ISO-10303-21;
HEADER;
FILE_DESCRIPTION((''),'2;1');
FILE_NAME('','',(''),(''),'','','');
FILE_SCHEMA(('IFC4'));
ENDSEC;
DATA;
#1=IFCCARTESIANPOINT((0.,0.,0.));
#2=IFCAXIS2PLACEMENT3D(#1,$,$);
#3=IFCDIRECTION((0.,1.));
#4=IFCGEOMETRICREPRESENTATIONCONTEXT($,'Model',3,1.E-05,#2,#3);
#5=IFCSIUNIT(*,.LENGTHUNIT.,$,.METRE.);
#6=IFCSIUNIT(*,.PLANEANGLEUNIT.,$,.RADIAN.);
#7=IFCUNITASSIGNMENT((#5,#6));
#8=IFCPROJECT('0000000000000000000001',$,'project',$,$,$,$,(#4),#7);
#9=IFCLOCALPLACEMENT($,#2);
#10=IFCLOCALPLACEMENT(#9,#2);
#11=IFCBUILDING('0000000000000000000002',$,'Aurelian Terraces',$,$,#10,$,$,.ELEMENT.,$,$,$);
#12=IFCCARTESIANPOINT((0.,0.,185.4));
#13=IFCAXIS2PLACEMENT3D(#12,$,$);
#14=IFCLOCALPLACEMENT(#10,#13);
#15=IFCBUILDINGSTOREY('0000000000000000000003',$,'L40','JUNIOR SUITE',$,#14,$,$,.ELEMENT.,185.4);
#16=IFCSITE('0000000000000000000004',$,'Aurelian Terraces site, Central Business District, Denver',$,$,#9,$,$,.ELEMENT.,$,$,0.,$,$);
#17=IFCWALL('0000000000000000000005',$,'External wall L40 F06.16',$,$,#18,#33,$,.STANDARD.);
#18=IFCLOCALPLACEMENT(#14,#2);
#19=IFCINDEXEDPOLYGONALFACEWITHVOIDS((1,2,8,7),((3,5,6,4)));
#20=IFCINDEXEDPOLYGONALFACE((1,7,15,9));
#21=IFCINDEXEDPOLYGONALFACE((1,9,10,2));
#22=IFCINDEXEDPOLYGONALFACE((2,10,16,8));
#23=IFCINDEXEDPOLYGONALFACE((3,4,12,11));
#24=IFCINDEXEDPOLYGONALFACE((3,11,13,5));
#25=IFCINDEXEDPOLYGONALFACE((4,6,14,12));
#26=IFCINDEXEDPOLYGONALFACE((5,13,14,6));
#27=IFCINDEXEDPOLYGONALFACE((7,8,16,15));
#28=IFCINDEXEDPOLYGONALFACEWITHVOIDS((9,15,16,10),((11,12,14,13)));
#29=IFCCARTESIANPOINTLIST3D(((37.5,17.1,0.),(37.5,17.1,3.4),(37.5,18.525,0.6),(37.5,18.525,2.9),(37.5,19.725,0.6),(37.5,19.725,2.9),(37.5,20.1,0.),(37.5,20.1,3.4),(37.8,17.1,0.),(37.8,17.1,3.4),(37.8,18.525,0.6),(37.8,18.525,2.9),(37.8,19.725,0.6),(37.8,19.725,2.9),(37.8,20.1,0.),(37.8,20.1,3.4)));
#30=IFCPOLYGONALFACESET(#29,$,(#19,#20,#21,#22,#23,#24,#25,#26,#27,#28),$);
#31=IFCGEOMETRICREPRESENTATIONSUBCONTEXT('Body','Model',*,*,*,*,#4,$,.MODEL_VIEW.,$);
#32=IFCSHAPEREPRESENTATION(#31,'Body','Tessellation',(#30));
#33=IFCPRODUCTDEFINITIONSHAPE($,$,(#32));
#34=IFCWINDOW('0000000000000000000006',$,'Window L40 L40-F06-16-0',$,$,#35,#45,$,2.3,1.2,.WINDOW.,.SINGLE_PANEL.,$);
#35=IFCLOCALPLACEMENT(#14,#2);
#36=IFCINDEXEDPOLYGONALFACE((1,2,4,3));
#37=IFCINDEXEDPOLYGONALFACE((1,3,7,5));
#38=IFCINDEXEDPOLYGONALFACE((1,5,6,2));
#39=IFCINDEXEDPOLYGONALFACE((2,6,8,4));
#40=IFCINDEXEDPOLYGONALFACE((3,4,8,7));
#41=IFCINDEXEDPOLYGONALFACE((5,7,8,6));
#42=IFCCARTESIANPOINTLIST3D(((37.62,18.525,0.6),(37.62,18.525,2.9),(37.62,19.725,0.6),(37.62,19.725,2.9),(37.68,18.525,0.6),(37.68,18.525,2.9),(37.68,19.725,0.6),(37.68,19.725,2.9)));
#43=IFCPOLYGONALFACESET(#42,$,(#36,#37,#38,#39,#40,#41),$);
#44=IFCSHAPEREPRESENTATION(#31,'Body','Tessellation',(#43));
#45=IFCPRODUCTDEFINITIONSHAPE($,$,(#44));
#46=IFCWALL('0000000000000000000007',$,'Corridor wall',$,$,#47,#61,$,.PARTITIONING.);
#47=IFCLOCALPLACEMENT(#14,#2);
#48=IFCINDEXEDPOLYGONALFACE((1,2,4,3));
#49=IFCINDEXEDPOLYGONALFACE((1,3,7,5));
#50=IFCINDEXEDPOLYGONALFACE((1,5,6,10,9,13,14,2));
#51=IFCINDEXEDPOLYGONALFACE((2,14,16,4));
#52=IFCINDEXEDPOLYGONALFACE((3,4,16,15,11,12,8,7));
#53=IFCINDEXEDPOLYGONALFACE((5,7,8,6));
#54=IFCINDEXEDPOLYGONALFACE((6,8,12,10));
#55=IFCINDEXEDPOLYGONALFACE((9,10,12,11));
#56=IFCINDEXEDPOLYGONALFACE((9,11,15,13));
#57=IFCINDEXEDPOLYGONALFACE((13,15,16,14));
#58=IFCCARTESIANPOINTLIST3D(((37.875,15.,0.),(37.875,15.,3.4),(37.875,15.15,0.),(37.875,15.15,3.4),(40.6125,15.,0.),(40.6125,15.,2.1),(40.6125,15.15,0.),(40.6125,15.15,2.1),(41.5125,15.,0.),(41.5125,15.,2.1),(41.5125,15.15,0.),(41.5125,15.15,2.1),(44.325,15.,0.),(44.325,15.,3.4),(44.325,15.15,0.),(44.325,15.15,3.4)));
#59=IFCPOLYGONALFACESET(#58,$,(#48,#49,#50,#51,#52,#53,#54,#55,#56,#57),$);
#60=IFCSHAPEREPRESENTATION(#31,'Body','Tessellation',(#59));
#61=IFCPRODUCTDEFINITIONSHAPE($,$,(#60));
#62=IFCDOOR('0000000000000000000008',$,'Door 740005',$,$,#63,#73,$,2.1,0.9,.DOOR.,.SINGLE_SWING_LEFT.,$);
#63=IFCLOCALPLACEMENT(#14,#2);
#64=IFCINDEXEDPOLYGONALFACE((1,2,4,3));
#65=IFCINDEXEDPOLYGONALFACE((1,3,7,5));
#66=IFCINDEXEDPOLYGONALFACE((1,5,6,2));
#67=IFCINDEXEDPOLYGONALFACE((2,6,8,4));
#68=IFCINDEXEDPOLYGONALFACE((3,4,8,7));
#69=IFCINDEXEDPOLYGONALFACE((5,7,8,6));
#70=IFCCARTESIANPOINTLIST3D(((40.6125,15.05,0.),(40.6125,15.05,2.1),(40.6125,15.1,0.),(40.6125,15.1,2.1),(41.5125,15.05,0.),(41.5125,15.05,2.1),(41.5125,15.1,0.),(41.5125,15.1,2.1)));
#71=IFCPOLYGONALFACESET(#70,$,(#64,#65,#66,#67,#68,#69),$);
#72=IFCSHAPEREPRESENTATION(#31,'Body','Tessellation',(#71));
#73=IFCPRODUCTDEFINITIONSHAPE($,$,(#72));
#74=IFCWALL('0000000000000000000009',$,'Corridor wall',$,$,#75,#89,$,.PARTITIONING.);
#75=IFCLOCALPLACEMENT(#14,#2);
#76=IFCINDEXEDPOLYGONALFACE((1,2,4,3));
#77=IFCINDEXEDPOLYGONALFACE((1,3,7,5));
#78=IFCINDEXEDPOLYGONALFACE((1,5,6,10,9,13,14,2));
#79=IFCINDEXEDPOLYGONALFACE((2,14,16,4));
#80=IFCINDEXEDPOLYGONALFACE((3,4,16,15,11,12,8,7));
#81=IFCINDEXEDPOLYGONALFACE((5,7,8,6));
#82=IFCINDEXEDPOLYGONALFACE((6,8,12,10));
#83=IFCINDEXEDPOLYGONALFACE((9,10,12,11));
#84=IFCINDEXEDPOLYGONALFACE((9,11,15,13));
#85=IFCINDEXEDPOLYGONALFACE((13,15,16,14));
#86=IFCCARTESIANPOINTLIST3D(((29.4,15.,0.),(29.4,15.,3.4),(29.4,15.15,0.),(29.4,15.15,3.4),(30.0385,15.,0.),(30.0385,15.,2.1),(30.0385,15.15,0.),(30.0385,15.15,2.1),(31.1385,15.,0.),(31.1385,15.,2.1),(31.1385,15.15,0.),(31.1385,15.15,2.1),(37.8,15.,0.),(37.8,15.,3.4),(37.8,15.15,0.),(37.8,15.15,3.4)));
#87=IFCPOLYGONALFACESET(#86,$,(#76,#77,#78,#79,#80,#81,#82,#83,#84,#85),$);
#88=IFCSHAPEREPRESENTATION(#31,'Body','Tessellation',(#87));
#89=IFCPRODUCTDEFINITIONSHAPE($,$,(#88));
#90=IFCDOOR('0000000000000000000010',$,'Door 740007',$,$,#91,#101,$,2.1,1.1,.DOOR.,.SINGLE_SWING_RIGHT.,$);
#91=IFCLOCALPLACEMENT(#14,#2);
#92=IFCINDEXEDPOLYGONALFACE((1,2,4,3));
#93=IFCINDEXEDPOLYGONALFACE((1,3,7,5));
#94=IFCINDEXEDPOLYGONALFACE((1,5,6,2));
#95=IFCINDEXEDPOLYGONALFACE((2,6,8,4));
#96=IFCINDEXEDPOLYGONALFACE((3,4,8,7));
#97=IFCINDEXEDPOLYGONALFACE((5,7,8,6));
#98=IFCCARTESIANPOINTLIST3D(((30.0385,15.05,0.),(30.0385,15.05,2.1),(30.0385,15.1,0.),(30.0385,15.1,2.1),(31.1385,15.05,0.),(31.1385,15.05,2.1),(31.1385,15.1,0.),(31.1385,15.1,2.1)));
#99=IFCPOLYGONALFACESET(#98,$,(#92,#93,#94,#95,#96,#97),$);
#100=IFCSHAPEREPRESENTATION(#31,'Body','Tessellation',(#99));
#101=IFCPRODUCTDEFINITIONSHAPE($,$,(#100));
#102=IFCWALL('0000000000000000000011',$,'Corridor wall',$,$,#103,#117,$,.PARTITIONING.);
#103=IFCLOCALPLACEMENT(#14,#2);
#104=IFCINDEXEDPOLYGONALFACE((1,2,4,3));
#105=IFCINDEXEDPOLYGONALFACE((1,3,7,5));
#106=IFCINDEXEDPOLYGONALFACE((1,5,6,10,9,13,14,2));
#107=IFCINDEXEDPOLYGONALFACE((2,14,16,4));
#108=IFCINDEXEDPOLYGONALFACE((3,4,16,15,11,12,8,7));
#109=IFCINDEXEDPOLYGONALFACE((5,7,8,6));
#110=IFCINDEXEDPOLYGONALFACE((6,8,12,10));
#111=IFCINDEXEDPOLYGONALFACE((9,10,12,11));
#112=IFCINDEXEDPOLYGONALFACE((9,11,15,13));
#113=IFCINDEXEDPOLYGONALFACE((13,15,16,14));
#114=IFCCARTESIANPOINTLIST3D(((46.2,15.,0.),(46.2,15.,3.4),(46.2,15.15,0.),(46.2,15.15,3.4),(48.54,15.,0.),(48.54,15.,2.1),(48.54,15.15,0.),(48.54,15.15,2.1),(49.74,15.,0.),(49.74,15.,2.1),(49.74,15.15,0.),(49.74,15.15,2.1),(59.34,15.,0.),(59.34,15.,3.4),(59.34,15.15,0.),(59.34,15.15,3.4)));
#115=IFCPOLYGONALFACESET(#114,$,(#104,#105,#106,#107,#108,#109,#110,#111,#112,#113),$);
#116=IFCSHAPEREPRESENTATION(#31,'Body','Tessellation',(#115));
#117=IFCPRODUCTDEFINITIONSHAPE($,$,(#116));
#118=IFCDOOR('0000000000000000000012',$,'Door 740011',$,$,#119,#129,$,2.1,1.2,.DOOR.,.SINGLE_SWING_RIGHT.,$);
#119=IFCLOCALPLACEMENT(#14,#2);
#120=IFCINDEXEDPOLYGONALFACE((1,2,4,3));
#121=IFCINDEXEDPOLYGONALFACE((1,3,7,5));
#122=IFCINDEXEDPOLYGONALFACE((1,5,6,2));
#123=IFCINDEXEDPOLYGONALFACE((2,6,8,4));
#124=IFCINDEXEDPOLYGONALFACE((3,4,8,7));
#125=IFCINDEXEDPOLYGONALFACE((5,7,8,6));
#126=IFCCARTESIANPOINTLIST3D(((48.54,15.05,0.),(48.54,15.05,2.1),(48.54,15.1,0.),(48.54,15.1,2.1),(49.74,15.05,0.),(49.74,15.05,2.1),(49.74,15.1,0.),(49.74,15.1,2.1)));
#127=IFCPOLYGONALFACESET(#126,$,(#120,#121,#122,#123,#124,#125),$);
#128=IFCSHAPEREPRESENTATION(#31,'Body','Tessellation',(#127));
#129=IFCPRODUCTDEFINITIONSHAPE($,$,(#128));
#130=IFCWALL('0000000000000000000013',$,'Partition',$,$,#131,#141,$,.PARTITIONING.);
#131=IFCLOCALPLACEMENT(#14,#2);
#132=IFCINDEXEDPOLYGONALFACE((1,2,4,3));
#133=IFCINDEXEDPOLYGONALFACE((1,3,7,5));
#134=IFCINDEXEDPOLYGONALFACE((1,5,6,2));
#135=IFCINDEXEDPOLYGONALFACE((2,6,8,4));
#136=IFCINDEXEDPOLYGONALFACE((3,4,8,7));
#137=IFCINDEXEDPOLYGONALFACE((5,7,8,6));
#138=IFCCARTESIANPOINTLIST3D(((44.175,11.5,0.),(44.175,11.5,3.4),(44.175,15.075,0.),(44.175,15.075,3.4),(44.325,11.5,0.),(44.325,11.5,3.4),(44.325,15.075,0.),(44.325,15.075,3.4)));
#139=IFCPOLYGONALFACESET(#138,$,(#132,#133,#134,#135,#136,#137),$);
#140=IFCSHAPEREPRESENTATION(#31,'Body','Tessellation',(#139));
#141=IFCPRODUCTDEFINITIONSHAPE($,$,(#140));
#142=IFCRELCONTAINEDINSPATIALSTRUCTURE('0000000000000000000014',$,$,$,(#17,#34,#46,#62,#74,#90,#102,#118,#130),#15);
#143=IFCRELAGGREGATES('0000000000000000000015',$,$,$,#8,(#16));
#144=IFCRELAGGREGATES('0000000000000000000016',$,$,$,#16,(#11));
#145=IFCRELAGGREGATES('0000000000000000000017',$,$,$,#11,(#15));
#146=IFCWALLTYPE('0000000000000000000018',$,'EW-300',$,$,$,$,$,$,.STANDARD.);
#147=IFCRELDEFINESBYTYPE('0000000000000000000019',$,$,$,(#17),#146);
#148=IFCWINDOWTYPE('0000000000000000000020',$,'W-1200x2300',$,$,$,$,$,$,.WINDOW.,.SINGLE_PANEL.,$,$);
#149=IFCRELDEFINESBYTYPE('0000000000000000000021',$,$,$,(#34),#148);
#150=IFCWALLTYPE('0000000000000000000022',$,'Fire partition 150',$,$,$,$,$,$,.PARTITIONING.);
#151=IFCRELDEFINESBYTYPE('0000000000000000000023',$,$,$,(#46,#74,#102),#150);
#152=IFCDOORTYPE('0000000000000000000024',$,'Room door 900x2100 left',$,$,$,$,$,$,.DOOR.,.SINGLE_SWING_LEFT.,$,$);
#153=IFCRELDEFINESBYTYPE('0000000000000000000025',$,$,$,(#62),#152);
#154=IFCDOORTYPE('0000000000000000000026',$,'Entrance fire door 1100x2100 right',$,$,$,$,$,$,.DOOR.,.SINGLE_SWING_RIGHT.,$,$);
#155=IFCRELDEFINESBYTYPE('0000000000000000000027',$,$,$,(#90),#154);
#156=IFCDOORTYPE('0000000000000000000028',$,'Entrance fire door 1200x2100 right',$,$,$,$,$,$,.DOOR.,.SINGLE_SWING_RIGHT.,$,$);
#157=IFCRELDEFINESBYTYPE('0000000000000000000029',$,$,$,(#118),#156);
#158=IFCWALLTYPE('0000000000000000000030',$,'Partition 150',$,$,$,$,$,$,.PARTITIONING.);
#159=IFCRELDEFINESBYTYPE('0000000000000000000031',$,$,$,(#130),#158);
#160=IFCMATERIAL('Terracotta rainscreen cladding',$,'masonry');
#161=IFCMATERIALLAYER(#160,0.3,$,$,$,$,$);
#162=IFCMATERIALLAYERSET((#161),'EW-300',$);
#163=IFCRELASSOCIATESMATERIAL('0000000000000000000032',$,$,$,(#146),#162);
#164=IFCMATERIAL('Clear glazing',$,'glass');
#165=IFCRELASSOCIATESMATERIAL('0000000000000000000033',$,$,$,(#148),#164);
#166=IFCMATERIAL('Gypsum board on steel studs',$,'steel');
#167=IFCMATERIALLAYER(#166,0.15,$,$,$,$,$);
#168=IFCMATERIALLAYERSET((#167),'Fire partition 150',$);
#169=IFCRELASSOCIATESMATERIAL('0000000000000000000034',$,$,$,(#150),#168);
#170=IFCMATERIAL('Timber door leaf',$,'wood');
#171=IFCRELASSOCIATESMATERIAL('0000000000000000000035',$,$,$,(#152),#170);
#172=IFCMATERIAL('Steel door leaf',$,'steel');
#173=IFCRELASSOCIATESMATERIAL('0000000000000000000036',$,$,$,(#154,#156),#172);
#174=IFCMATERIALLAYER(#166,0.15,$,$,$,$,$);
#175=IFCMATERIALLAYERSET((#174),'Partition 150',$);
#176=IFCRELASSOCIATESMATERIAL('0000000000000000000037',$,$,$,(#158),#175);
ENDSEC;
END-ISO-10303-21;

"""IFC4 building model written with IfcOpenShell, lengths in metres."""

from ifc_helpers import new_model, si_unit, direction, frame, frame_2d, origin, place, context, subcontext, project, spatial, rectangle, extrude, source, transform, mapped, material, layer, layer_set, type_object, element, fill, save


model = new_model("IFC4")

# Units and contexts
model_context = context("Model", 3, precision=1e-05, world=origin(), true_north=direction((0.0, 1.0)))
body_context = subcontext(model_context, "Body", "Model", "MODEL_VIEW")
ifc_project = project(units=[si_unit("LENGTHUNIT", "METRE"), si_unit("PLANEANGLEUNIT", "RADIAN")], contexts=[model_context])

# Site, building, storey
site_placement = place(None, origin())
site = spatial("IfcSite", under=ifc_project, at=site_placement, Name="Aurelian Terraces site, Central Business District, Denver", CompositionType="ELEMENT", RefElevation=0.0)
building_placement = place(site_placement, origin())
building = spatial("IfcBuilding", under=site, at=building_placement, Name="Aurelian Terraces", CompositionType="ELEMENT")
storey_placement = place(building_placement, frame((0.0, 0.0, 185.4)))
storey = spatial("IfcBuildingStorey", under=building, at=storey_placement, Name="L40", Description="JUNIOR SUITE", CompositionType="ELEMENT", Elevation=185.4)

# Shared definitions
ifc_material_1 = material(Name="Terracotta rainscreen cladding", Category="masonry")
ifc_layer_1 = layer(ifc_material_1, 0.3)
ifc_layer_set_1 = layer_set([ifc_layer_1], Name="EW-300")
wall_type_1 = type_object("IfcWallType", Name="EW-300", PredefinedType="STANDARD", material=ifc_layer_set_1)
shared_shape_1 = source(origin(), body_context, "Body", "SweptSolid", [
    extrude(rectangle(XDim=1.2, YDim=2.3, at=frame_2d((0.6, 1.15))), frame((0.0, 0.16, 0.0), z_axis=(0.0, -1.0, 0.0), x_axis=(1.0, 0.0, 0.0)), (0.0, 0.0, 1.0), 0.32),
])
ifc_material_2 = material(Name="Clear glazing", Category="glass")
window_type_1 = type_object("IfcWindowType", Name="W-1200x2300", PartitioningType="SINGLE_PANEL", PredefinedType="WINDOW", material=ifc_material_2)
shared_shape_2 = source(origin(), body_context, "Body", "SweptSolid", [
    extrude(rectangle(XDim=1.2, YDim=2.3, at=frame_2d((0.6, 1.15))), frame((0.0, 0.03, 0.0), z_axis=(0.0, -1.0, 0.0), x_axis=(1.0, 0.0, 0.0)), (0.0, 0.0, 1.0), 0.06),
])

# Wall, opening, window
shared_shape_3 = source(origin(), body_context, "Body", "SweptSolid", [
    extrude(rectangle(XDim=3.0, YDim=0.3, at=frame_2d((1.5, 0.0))), origin(), (0.0, 0.0, 1.0), 3.4),
])
wall_1_placement = place(storey_placement, frame((37.65, 17.1, 0.0), z_axis=(0.0, 0.0, 1.0), x_axis=(0.0, 1.0, 0.0)))
wall_1 = element("IfcWall", 1, at=wall_1_placement, inside=storey, type_object=wall_type_1, Name="External wall L40 F06.16", PredefinedType="STANDARD", context=body_context, shape_type="MappedRepresentation", body=[
    mapped(shared_shape_3, transform((0.0, 0.0, 0.0), scale=1.0)),
])
opening_1_placement = place(wall_1_placement, frame((1.425, 0.0, 0.6)))
opening_1 = element("IfcOpeningElement", 2, at=opening_1_placement, cuts=wall_1, PredefinedType="OPENING", context=body_context, shape_type="MappedRepresentation", body=[
    mapped(shared_shape_1, transform((0.0, 0.0, 0.0), scale=1.0)),
])
window_1_placement = place(opening_1_placement, origin())
window_1 = element("IfcWindow", 3, at=window_1_placement, inside=storey, type_object=window_type_1, Name="Window L40 L40-F06-16-0", OverallHeight=2.3, OverallWidth=1.2, PartitioningType="SINGLE_PANEL", PredefinedType="WINDOW", context=body_context, shape_type="MappedRepresentation", body=[
    mapped(shared_shape_2, transform((0.0, 0.0, 0.0), scale=1.0)),
])
fill(opening_1, window_1)

# Walls, openings, doors
ifc_material_3 = material(Name="Gypsum board on steel studs", Category="steel")
ifc_layer_2 = layer(ifc_material_3, 0.15)
ifc_layer_set_2 = layer_set([ifc_layer_2], Name="Fire partition 150")
wall_type_2 = type_object("IfcWallType", Name="Fire partition 150", PredefinedType="PARTITIONING", material=ifc_layer_set_2)
shared_shape_4 = source(origin(), body_context, "Body", "SweptSolid", [
    extrude(rectangle(XDim=6.45, YDim=0.15, at=frame_2d((3.225, 0.0))), origin(), (0.0, 0.0, 1.0), 3.4),
])
wall_2_placement = place(storey_placement, frame((44.325, 15.075, 0.0), z_axis=(0.0, 0.0, 1.0), x_axis=(-1.0, 0.0, 0.0)))
wall_2 = element("IfcWall", 4, at=wall_2_placement, inside=storey, type_object=wall_type_2, Name="Corridor wall", PredefinedType="PARTITIONING", context=body_context, shape_type="MappedRepresentation", body=[
    mapped(shared_shape_4, transform((0.0, 0.0, 0.0), scale=1.0)),
])
shared_shape_5 = source(origin(), body_context, "Body", "SweptSolid", [
    extrude(rectangle(XDim=0.9, YDim=2.1, at=frame_2d((0.45, 1.05))), frame((0.0, 0.085, 0.0), z_axis=(0.0, -1.0, 0.0), x_axis=(1.0, 0.0, 0.0)), (0.0, 0.0, 1.0), 0.17),
])
opening_2_placement = place(wall_2_placement, frame((2.8125, 0.0, 0.0)))
opening_2 = element("IfcOpeningElement", 5, at=opening_2_placement, cuts=wall_2, PredefinedType="OPENING", context=body_context, shape_type="MappedRepresentation", body=[
    mapped(shared_shape_5, transform((0.0, 0.0, 0.0), scale=1.0)),
])
ifc_material_4 = material(Name="Timber door leaf", Category="wood")
door_type_1 = type_object("IfcDoorType", Name="Room door 900x2100 left", OperationType="SINGLE_SWING_LEFT", PredefinedType="DOOR", material=ifc_material_4)
shared_shape_6 = source(origin(), body_context, "Body", "SweptSolid", [
    extrude(rectangle(XDim=0.9, YDim=2.1, at=frame_2d((0.45, 1.05))), frame((0.0, 0.025, 0.0), z_axis=(0.0, -1.0, 0.0), x_axis=(1.0, 0.0, 0.0)), (0.0, 0.0, 1.0), 0.05),
])
door_1_placement = place(opening_2_placement, origin())
door_1 = element("IfcDoor", 6, at=door_1_placement, inside=storey, type_object=door_type_1, Name="Door 740005", OperationType="SINGLE_SWING_LEFT", OverallHeight=2.1, OverallWidth=0.9, PredefinedType="DOOR", context=body_context, shape_type="MappedRepresentation", body=[
    mapped(shared_shape_6, transform((0.0, 0.0, 0.0), scale=1.0)),
])
fill(opening_2, door_1)
shared_shape_7 = source(origin(), body_context, "Body", "SweptSolid", [
    extrude(rectangle(XDim=8.4, YDim=0.15, at=frame_2d((4.2, 0.0))), origin(), (0.0, 0.0, 1.0), 3.4),
])
wall_3_placement = place(storey_placement, frame((37.8, 15.075, 0.0), z_axis=(0.0, 0.0, 1.0), x_axis=(-1.0, 0.0, 0.0)))
wall_3 = element("IfcWall", 7, at=wall_3_placement, inside=storey, type_object=wall_type_2, Name="Corridor wall", PredefinedType="PARTITIONING", context=body_context, shape_type="MappedRepresentation", body=[
    mapped(shared_shape_7, transform((0.0, 0.0, 0.0), scale=1.0)),
])
shared_shape_8 = source(origin(), body_context, "Body", "SweptSolid", [
    extrude(rectangle(XDim=1.1, YDim=2.1, at=frame_2d((0.55, 1.05))), frame((0.0, 0.085, 0.0), z_axis=(0.0, -1.0, 0.0), x_axis=(1.0, 0.0, 0.0)), (0.0, 0.0, 1.0), 0.17),
])
opening_3_placement = place(wall_3_placement, frame((6.6615, 0.0, 0.0)))
opening_3 = element("IfcOpeningElement", 8, at=opening_3_placement, cuts=wall_3, PredefinedType="OPENING", context=body_context, shape_type="MappedRepresentation", body=[
    mapped(shared_shape_8, transform((0.0, 0.0, 0.0), scale=1.0)),
])
ifc_material_5 = material(Name="Steel door leaf", Category="steel")
door_type_2 = type_object("IfcDoorType", Name="Entrance fire door 1100x2100 right", OperationType="SINGLE_SWING_RIGHT", PredefinedType="DOOR", material=ifc_material_5)
shared_shape_9 = source(origin(), body_context, "Body", "SweptSolid", [
    extrude(rectangle(XDim=1.1, YDim=2.1, at=frame_2d((0.55, 1.05))), frame((0.0, 0.025, 0.0), z_axis=(0.0, -1.0, 0.0), x_axis=(1.0, 0.0, 0.0)), (0.0, 0.0, 1.0), 0.05),
])
door_2_placement = place(opening_3_placement, origin())
door_2 = element("IfcDoor", 9, at=door_2_placement, inside=storey, type_object=door_type_2, Name="Door 740007", OperationType="SINGLE_SWING_RIGHT", OverallHeight=2.1, OverallWidth=1.1, PredefinedType="DOOR", context=body_context, shape_type="MappedRepresentation", body=[
    mapped(shared_shape_9, transform((0.0, 0.0, 0.0), scale=1.0)),
])
fill(opening_3, door_2)
shared_shape_10 = source(origin(), body_context, "Body", "SweptSolid", [
    extrude(rectangle(XDim=13.14, YDim=0.15, at=frame_2d((6.57, 0.0))), origin(), (0.0, 0.0, 1.0), 3.4),
])
wall_4_placement = place(storey_placement, frame((59.34, 15.075, 0.0), z_axis=(0.0, 0.0, 1.0), x_axis=(-1.0, 0.0, 0.0)))
wall_4 = element("IfcWall", 10, at=wall_4_placement, inside=storey, type_object=wall_type_2, Name="Corridor wall", PredefinedType="PARTITIONING", context=body_context, shape_type="MappedRepresentation", body=[
    mapped(shared_shape_10, transform((0.0, 0.0, 0.0), scale=1.0)),
])
shared_shape_11 = source(origin(), body_context, "Body", "SweptSolid", [
    extrude(rectangle(XDim=1.2, YDim=2.1, at=frame_2d((0.6, 1.05))), frame((0.0, 0.085, 0.0), z_axis=(0.0, -1.0, 0.0), x_axis=(1.0, 0.0, 0.0)), (0.0, 0.0, 1.0), 0.17),
])
opening_4_placement = place(wall_4_placement, frame((9.6, 0.0, 0.0)))
opening_4 = element("IfcOpeningElement", 11, at=opening_4_placement, cuts=wall_4, PredefinedType="OPENING", context=body_context, shape_type="MappedRepresentation", body=[
    mapped(shared_shape_11, transform((0.0, 0.0, 0.0), scale=1.0)),
])
door_type_3 = type_object("IfcDoorType", Name="Entrance fire door 1200x2100 right", OperationType="SINGLE_SWING_RIGHT", PredefinedType="DOOR", material=ifc_material_5)
shared_shape_12 = source(origin(), body_context, "Body", "SweptSolid", [
    extrude(rectangle(XDim=1.2, YDim=2.1, at=frame_2d((0.6, 1.05))), frame((0.0, 0.025, 0.0), z_axis=(0.0, -1.0, 0.0), x_axis=(1.0, 0.0, 0.0)), (0.0, 0.0, 1.0), 0.05),
])
door_3_placement = place(opening_4_placement, origin())
door_3 = element("IfcDoor", 12, at=door_3_placement, inside=storey, type_object=door_type_3, Name="Door 740011", OperationType="SINGLE_SWING_RIGHT", OverallHeight=2.1, OverallWidth=1.2, PredefinedType="DOOR", context=body_context, shape_type="MappedRepresentation", body=[
    mapped(shared_shape_12, transform((0.0, 0.0, 0.0), scale=1.0)),
])
fill(opening_4, door_3)

# Wall
ifc_layer_3 = layer(ifc_material_3, 0.15)
ifc_layer_set_3 = layer_set([ifc_layer_3], Name="Partition 150")
wall_type_3 = type_object("IfcWallType", Name="Partition 150", PredefinedType="PARTITIONING", material=ifc_layer_set_3)
shared_shape_13 = source(origin(), body_context, "Body", "SweptSolid", [
    extrude(rectangle(XDim=3.575, YDim=0.15, at=frame_2d((1.7875, 0.0))), origin(), (0.0, 0.0, 1.0), 3.4),
])
wall_5_placement = place(storey_placement, frame((44.25, 11.5, 0.0), z_axis=(0.0, 0.0, 1.0), x_axis=(0.0, 1.0, 0.0)))
element("IfcWall", 13, at=wall_5_placement, inside=storey, type_object=wall_type_3, Name="Partition", PredefinedType="PARTITIONING", context=body_context, shape_type="MappedRepresentation", body=[
    mapped(shared_shape_13, transform((0.0, 0.0, 0.0), scale=1.0)),
])

save(model, "model.ifc")
